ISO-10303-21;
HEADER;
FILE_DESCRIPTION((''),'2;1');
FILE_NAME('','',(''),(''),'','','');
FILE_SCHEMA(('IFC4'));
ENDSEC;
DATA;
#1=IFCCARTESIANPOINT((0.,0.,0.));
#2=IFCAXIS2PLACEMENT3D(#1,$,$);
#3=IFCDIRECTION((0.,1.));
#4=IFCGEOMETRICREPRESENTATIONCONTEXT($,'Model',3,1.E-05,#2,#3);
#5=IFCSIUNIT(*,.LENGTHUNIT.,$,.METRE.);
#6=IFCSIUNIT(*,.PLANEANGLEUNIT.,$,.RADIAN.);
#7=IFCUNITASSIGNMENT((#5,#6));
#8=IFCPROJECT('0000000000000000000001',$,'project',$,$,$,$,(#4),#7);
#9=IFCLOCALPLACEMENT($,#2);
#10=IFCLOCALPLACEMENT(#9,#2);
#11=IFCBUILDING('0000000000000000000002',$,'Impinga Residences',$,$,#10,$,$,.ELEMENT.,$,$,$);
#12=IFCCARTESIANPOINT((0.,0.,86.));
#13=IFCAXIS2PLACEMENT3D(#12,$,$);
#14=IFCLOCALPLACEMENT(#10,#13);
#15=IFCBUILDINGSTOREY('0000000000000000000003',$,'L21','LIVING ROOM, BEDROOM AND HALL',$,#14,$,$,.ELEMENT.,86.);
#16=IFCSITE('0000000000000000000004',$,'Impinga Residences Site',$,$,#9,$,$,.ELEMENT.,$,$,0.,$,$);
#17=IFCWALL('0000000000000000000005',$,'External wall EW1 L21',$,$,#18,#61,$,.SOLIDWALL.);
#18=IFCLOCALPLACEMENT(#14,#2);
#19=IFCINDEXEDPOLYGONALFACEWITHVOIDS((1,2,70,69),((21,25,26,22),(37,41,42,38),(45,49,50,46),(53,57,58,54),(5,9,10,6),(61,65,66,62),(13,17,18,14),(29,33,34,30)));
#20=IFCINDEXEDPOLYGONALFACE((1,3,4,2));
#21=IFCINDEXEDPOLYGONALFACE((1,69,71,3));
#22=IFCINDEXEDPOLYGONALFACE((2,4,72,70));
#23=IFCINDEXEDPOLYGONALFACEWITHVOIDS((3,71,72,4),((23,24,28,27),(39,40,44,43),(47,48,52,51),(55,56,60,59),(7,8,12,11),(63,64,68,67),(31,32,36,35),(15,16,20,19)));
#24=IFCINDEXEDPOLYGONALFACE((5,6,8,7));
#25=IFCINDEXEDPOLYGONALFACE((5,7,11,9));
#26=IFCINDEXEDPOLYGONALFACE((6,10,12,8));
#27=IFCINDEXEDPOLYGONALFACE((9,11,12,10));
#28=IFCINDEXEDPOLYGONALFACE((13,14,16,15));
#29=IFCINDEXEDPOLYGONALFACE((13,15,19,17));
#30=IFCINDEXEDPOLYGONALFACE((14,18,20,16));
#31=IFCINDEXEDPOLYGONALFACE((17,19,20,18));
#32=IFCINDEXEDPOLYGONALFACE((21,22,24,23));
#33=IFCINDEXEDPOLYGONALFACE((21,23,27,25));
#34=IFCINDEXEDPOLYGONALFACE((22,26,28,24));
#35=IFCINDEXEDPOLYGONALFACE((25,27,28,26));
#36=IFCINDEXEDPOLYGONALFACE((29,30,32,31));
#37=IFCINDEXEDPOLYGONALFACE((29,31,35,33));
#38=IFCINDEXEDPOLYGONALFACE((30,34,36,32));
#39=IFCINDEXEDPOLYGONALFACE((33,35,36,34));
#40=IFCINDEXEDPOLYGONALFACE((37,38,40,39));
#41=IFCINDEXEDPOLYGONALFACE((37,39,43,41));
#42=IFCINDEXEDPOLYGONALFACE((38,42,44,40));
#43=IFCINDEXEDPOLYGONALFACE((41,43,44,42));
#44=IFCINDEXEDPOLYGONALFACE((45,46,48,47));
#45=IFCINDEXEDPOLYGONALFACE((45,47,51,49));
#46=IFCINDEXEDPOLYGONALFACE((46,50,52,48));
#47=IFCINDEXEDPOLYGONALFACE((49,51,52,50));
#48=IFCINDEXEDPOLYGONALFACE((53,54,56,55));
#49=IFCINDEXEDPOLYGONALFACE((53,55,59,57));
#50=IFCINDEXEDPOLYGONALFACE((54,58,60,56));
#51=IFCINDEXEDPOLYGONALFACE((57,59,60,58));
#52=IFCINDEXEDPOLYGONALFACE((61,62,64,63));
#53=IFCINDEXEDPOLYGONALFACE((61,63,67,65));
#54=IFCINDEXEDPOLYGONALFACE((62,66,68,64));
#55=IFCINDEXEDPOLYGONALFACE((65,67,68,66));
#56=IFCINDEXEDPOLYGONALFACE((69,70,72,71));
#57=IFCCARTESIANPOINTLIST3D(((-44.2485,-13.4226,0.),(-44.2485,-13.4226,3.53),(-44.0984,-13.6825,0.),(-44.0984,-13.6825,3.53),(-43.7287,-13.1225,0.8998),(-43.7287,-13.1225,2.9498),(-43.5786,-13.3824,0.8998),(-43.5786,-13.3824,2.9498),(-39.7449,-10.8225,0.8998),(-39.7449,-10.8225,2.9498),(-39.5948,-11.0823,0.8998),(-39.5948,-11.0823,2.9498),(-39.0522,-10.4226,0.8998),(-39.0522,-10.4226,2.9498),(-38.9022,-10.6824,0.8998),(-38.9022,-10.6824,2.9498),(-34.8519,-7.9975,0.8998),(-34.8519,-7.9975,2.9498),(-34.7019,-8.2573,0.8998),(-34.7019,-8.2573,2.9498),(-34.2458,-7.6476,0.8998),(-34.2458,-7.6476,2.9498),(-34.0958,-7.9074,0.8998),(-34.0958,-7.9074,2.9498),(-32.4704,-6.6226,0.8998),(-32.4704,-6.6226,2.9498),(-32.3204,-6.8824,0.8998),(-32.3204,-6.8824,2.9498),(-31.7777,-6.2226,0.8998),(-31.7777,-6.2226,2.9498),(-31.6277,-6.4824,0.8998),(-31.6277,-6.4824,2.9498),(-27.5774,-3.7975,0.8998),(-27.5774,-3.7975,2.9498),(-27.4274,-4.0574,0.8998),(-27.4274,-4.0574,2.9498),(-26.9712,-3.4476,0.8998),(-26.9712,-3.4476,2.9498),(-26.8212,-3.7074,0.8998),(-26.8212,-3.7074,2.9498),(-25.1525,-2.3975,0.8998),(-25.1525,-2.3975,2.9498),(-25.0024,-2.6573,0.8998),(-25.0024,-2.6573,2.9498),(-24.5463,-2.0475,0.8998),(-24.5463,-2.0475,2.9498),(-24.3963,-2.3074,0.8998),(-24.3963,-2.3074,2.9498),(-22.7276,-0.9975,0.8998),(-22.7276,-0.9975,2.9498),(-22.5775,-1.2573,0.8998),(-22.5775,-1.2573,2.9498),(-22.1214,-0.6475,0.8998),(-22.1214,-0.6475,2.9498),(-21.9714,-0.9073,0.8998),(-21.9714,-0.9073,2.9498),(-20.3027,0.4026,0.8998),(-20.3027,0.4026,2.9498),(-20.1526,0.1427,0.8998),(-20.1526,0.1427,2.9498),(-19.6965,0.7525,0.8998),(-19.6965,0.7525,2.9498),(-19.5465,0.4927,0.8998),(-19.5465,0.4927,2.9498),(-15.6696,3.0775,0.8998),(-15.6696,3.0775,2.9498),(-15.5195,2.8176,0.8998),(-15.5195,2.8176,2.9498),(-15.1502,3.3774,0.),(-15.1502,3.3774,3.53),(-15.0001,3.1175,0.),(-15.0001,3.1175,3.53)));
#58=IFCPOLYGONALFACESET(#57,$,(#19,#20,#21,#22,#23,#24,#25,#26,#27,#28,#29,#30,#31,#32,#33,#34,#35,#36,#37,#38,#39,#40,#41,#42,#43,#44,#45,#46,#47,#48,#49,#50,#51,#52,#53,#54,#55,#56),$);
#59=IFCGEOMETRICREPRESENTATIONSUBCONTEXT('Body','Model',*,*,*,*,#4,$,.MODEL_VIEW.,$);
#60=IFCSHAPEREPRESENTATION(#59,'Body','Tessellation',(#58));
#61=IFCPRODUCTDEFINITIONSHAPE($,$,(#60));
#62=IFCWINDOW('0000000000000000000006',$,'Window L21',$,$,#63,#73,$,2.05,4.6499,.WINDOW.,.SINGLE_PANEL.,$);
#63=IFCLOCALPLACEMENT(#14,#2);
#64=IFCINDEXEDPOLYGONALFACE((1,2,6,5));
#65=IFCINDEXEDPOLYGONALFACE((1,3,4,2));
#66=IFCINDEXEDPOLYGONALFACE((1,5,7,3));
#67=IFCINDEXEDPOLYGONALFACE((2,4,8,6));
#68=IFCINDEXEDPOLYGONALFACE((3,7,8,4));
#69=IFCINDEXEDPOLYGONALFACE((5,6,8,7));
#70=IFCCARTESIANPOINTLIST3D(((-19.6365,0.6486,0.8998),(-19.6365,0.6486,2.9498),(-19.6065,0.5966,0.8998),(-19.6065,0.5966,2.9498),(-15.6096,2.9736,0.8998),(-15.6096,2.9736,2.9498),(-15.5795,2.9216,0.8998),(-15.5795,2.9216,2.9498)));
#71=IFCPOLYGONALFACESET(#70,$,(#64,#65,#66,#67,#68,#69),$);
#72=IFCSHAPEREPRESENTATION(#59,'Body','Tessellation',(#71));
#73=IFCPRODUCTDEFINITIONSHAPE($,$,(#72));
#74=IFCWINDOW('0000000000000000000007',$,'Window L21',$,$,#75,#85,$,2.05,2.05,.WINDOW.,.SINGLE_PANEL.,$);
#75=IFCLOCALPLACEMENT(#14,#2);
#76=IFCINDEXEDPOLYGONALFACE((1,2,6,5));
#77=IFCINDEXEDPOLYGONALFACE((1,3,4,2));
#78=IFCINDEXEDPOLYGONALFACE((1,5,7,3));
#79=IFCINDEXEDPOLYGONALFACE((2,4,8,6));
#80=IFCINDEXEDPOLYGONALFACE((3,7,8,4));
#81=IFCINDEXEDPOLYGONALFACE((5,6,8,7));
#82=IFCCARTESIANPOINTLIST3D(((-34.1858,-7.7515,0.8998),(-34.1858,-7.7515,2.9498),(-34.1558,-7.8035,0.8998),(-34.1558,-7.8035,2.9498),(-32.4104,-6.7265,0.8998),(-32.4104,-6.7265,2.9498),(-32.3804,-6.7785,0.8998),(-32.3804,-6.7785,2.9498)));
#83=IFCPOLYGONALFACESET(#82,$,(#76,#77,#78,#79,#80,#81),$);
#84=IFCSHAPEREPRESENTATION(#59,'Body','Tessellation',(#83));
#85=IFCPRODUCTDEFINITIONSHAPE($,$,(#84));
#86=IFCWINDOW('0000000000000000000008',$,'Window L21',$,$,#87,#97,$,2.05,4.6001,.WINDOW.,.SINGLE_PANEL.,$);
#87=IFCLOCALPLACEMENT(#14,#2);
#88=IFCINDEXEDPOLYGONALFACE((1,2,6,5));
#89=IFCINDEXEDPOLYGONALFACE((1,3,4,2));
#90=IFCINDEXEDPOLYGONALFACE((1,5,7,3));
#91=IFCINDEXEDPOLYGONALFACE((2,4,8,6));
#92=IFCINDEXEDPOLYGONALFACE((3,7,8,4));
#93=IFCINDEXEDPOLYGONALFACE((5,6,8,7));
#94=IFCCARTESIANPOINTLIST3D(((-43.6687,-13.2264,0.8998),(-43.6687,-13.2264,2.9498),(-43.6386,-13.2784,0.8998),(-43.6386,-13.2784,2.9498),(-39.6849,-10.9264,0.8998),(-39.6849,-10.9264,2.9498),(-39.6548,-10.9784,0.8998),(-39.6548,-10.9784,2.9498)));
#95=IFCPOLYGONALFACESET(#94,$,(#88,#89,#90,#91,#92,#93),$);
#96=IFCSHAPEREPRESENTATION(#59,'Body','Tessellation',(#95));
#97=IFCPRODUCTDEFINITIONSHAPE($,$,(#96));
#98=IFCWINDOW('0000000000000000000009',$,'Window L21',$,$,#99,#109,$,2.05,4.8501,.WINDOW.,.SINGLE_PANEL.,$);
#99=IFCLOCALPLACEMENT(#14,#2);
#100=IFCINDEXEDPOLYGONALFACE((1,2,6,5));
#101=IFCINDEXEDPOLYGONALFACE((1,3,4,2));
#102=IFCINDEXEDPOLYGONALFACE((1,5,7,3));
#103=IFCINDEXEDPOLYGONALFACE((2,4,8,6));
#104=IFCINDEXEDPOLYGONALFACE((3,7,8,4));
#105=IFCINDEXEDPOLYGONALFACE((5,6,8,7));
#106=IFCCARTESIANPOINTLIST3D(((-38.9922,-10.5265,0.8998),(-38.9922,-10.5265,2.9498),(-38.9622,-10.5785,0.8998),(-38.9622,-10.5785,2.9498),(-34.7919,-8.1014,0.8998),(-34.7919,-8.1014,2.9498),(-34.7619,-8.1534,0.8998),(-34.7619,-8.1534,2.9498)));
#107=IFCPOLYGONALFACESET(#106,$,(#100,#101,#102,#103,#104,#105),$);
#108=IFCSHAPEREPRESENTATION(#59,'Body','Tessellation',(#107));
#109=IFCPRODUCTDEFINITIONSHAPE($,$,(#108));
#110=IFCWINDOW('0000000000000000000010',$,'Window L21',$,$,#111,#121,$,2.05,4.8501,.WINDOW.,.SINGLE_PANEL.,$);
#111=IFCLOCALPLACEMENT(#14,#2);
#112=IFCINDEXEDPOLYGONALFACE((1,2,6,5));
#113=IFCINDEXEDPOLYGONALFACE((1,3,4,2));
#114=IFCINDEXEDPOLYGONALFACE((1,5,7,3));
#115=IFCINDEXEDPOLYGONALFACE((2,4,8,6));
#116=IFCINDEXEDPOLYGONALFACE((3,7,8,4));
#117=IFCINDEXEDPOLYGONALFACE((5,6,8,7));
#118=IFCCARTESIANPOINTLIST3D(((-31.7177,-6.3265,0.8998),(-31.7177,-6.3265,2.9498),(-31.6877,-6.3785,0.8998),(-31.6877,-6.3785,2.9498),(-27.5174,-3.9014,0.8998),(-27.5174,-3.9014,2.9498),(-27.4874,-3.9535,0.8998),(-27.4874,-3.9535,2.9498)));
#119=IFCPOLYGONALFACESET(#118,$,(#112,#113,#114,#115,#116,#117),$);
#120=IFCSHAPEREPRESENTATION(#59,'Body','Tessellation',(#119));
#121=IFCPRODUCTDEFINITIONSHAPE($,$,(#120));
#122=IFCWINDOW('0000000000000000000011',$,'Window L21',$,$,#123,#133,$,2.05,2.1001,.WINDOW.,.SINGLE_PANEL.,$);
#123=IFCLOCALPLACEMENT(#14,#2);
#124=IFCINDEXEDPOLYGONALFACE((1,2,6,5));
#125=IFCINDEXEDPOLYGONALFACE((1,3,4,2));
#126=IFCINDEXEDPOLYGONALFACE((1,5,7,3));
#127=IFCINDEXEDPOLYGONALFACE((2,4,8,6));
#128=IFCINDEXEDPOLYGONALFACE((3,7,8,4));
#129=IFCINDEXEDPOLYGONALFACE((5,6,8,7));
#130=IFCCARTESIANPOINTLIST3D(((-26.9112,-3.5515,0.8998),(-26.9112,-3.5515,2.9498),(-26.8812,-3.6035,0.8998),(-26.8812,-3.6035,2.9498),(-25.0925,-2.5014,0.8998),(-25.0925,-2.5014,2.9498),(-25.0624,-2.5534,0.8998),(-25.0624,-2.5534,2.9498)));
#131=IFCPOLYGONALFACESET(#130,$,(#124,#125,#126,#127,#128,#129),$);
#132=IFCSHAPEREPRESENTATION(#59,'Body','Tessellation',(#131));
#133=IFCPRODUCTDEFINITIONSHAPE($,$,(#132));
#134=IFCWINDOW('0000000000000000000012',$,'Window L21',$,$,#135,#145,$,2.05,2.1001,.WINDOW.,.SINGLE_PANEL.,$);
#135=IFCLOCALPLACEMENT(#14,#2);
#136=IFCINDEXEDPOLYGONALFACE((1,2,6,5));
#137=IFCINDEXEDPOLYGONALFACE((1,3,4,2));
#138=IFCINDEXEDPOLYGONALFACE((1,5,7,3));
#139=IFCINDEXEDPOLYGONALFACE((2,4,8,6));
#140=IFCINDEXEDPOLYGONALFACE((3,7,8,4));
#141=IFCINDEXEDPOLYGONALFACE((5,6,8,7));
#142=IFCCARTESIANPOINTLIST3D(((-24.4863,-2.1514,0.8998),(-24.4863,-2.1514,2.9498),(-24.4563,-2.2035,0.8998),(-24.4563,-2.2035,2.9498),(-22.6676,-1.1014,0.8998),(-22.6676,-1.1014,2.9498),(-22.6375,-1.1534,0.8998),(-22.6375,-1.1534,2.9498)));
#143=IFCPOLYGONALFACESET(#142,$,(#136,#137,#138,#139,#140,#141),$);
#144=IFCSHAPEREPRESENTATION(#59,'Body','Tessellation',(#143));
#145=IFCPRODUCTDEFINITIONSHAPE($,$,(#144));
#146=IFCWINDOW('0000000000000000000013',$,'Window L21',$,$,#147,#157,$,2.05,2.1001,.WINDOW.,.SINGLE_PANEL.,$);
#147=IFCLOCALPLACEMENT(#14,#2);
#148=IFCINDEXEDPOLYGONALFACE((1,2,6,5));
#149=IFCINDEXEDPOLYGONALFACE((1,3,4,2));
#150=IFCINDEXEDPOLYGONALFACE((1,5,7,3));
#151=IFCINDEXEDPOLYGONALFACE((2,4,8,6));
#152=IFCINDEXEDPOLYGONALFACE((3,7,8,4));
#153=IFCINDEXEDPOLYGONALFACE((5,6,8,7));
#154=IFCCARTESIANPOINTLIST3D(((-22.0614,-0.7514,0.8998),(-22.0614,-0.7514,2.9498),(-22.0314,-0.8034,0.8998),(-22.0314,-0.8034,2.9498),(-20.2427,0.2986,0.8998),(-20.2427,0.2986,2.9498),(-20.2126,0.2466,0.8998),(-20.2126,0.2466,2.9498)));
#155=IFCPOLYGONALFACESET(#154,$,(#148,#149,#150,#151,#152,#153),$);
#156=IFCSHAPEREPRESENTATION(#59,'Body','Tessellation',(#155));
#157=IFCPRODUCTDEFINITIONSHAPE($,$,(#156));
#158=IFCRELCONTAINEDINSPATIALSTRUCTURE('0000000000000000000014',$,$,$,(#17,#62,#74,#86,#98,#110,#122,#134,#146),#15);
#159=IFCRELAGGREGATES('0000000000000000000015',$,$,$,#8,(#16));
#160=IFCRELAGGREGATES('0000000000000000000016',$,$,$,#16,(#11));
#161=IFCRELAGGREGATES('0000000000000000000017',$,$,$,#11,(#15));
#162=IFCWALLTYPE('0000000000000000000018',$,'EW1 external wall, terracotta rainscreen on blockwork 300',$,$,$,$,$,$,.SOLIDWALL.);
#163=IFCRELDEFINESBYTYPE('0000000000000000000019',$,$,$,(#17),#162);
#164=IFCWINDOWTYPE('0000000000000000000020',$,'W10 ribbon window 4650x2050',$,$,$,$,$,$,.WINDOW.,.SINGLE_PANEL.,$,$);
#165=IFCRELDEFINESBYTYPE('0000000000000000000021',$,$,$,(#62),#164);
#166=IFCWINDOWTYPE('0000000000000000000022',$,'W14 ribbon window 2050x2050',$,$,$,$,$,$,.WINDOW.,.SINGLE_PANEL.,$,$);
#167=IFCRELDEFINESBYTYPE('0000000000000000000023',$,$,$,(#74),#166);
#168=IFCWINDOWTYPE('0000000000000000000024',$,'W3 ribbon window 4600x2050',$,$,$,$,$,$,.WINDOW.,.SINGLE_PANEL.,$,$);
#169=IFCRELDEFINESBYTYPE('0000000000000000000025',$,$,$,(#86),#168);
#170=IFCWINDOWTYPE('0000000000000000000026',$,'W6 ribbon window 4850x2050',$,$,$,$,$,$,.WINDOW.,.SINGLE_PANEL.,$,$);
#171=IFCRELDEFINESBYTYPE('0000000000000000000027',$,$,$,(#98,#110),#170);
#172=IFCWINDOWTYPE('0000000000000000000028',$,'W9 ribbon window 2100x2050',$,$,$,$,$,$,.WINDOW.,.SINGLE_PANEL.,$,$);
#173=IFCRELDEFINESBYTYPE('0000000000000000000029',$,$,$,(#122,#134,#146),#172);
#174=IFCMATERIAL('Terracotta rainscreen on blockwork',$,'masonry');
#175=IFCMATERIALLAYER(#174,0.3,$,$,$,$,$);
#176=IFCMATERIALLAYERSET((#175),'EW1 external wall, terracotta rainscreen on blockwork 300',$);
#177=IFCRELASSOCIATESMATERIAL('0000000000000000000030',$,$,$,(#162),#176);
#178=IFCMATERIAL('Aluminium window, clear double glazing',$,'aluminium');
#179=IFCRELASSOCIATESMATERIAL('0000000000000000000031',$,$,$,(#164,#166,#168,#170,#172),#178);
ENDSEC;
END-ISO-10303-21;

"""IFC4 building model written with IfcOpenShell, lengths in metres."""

from ifc_helpers import new_model, si_unit, direction, frame, frame_2d, origin, place, context, subcontext, project, spatial, rectangle, extrude, material, layer, layer_set, type_object, element, fill, save


model = new_model("IFC4")

# Units and contexts
model_context = context("Model", 3, precision=1e-05, world=origin(), true_north=direction((0.0, 1.0)))
body_context = subcontext(model_context, "Body", "Model", "MODEL_VIEW")
ifc_project = project(units=[si_unit("LENGTHUNIT", "METRE"), si_unit("PLANEANGLEUNIT", "RADIAN")], contexts=[model_context])

# Site, building, storey
site_placement = place(None, origin())
site = spatial("IfcSite", under=ifc_project, at=site_placement, Name="Impinga Residences Site", CompositionType="ELEMENT", RefElevation=0.0)
building_placement = place(site_placement, origin())
building = spatial("IfcBuilding", under=site, at=building_placement, Name="Impinga Residences", CompositionType="ELEMENT")
storey_placement = place(building_placement, frame((0.0, 0.0, 86.0)))
storey = spatial("IfcBuildingStorey", under=building, at=storey_placement, Name="L21", Description="LIVING ROOM, BEDROOM AND HALL", CompositionType="ELEMENT", Elevation=86.0)

# Shared definitions
ifc_material_1 = material(Name="Terracotta rainscreen on blockwork", Category="masonry")
ifc_layer_1 = layer(ifc_material_1, 0.3)
ifc_layer_set_1 = layer_set([ifc_layer_1], Name="EW1 external wall, terracotta rainscreen on blockwork 300")
wall_type_1 = type_object("IfcWallType", Name="EW1 external wall, terracotta rainscreen on blockwork 300", PredefinedType="SOLIDWALL", material=ifc_layer_set_1)

# Wall, openings, windows
wall_1_placement = place(storey_placement, frame((-44.1733, -13.5525, 0.0), z_axis=(0.0, 0.0, 1.0), x_axis=(0.866024, 0.500002, 0.0)))
wall_1 = element("IfcWall", 1, at=wall_1_placement, inside=storey, type_object=wall_type_1, Name="External wall EW1 L21", PredefinedType="SOLIDWALL", context=body_context, shape_type="SweptSolid", body=[
    extrude(rectangle(XDim=33.5999, YDim=0.3, at=frame_2d((16.7998, 0.0))), origin(), (0.0, 0.0, 1.0), 3.53),
])
opening_1_placement = place(wall_1_placement, frame((0.6001, 0.0, 0.8999)))
opening_1 = element("IfcOpeningElement", 2, at=opening_1_placement, cuts=wall_1, PredefinedType="OPENING", context=body_context, shape_type="SweptSolid", body=[
    extrude(rectangle(XDim=4.6001, YDim=2.05, at=frame_2d((2.3, 1.0249))), frame((0.0, 0.1599, 0.0), z_axis=(0.0, -1.0, 0.0), x_axis=(1.0, 0.0, 0.0)), (0.0, 0.0, 1.0), 0.3201),
])
opening_2_placement = place(wall_1_placement, frame((6.0, 0.0, 0.8999)))
opening_2 = element("IfcOpeningElement", 3, at=opening_2_placement, cuts=wall_1, PredefinedType="OPENING", context=body_context, shape_type="SweptSolid", body=[
    extrude(rectangle(XDim=4.8501, YDim=2.05, at=frame_2d((2.425, 1.0249))), frame((0.0, 0.1599, 0.0), z_axis=(0.0, -1.0, 0.0), x_axis=(1.0, 0.0, 0.0)), (0.0, 0.0, 1.0), 0.3201),
])
opening_3_placement = place(wall_1_placement, frame((11.55, 0.0, 0.8999)))
opening_3 = element("IfcOpeningElement", 4, at=opening_3_placement, cuts=wall_1, PredefinedType="OPENING", context=body_context, shape_type="SweptSolid", body=[
    extrude(rectangle(XDim=2.05, YDim=2.05, at=frame_2d((1.0249, 1.0249))), frame((0.0, 0.1599, 0.0), z_axis=(0.0, -1.0, 0.0), x_axis=(1.0, 0.0, 0.0)), (0.0, 0.0, 1.0), 0.3201),
])
opening_4_placement = place(wall_1_placement, frame((14.3999, 0.0, 0.8999)))
opening_4 = element("IfcOpeningElement", 5, at=opening_4_placement, cuts=wall_1, PredefinedType="OPENING", context=body_context, shape_type="SweptSolid", body=[
    extrude(rectangle(XDim=4.8501, YDim=2.05, at=frame_2d((2.425, 1.0249))), frame((0.0, 0.1599, 0.0), z_axis=(0.0, -1.0, 0.0), x_axis=(1.0, 0.0, 0.0)), (0.0, 0.0, 1.0), 0.3201),
])
opening_5_placement = place(wall_1_placement, frame((19.95, 0.0, 0.8999)))
opening_5 = element("IfcOpeningElement", 6, at=opening_5_placement, cuts=wall_1, PredefinedType="OPENING", context=body_context, shape_type="SweptSolid", body=[
    extrude(rectangle(XDim=2.1001, YDim=2.05, at=frame_2d((1.05, 1.0249))), frame((0.0, 0.1599, 0.0), z_axis=(0.0, -1.0, 0.0), x_axis=(1.0, 0.0, 0.0)), (0.0, 0.0, 1.0), 0.3201),
])
opening_6_placement = place(wall_1_placement, frame((22.75, 0.0, 0.8999)))
opening_6 = element("IfcOpeningElement", 7, at=opening_6_placement, cuts=wall_1, PredefinedType="OPENING", context=body_context, shape_type="SweptSolid", body=[
    extrude(rectangle(XDim=2.1001, YDim=2.05, at=frame_2d((1.05, 1.0249))), frame((0.0, 0.1599, 0.0), z_axis=(0.0, -1.0, 0.0), x_axis=(1.0, 0.0, 0.0)), (0.0, 0.0, 1.0), 0.3201),
])
opening_7_placement = place(wall_1_placement, frame((25.55, 0.0, 0.8999)))
opening_7 = element("IfcOpeningElement", 8, at=opening_7_placement, cuts=wall_1, PredefinedType="OPENING", context=body_context, shape_type="SweptSolid", body=[
    extrude(rectangle(XDim=2.1001, YDim=2.05, at=frame_2d((1.05, 1.0249))), frame((0.0, 0.1599, 0.0), z_axis=(0.0, -1.0, 0.0), x_axis=(1.0, 0.0, 0.0)), (0.0, 0.0, 1.0), 0.3201),
])
opening_8_placement = place(wall_1_placement, frame((28.3501, 0.0, 0.8999)))
opening_8 = element("IfcOpeningElement", 9, at=opening_8_placement, cuts=wall_1, PredefinedType="OPENING", context=body_context, shape_type="SweptSolid", body=[
    extrude(rectangle(XDim=4.6499, YDim=2.05, at=frame_2d((2.325, 1.0249))), frame((0.0, 0.1599, 0.0), z_axis=(0.0, -1.0, 0.0), x_axis=(1.0, 0.0, 0.0)), (0.0, 0.0, 1.0), 0.3201),
])
ifc_material_2 = material(Name="Aluminium window, clear double glazing", Category="aluminium")
window_type_1 = type_object("IfcWindowType", Name="W10 ribbon window 4650x2050", PartitioningType="SINGLE_PANEL", PredefinedType="WINDOW", material=ifc_material_2)
window_1_placement = place(opening_8_placement, origin())
window_1 = element("IfcWindow", 10, at=window_1_placement, inside=storey, type_object=window_type_1, Name="Window L21", OverallHeight=2.05, OverallWidth=4.6499, PartitioningType="SINGLE_PANEL", PredefinedType="WINDOW", context=body_context, shape_type="SweptSolid", body=[
    extrude(rectangle(XDim=4.6499, YDim=2.05, at=frame_2d((2.325, 1.0249))), frame((0.0, 0.03, 0.0), z_axis=(0.0, -1.0, 0.0), x_axis=(1.0, 0.0, 0.0)), (0.0, 0.0, 1.0), 0.0601),
])
fill(opening_8, window_1)
window_type_2 = type_object("IfcWindowType", Name="W14 ribbon window 2050x2050", PartitioningType="SINGLE_PANEL", PredefinedType="WINDOW", material=ifc_material_2)
window_2_placement = place(opening_3_placement, origin())
window_2 = element("IfcWindow", 11, at=window_2_placement, inside=storey, type_object=window_type_2, Name="Window L21", OverallHeight=2.05, OverallWidth=2.05, PartitioningType="SINGLE_PANEL", PredefinedType="WINDOW", context=body_context, shape_type="SweptSolid", body=[
    extrude(rectangle(XDim=2.05, YDim=2.05, at=frame_2d((1.0249, 1.0249))), frame((0.0, 0.03, 0.0), z_axis=(0.0, -1.0, 0.0), x_axis=(1.0, 0.0, 0.0)), (0.0, 0.0, 1.0), 0.0601),
])
fill(opening_3, window_2)
window_type_3 = type_object("IfcWindowType", Name="W3 ribbon window 4600x2050", PartitioningType="SINGLE_PANEL", PredefinedType="WINDOW", material=ifc_material_2)
window_3_placement = place(opening_1_placement, origin())
window_3 = element("IfcWindow", 12, at=window_3_placement, inside=storey, type_object=window_type_3, Name="Window L21", OverallHeight=2.05, OverallWidth=4.6001, PartitioningType="SINGLE_PANEL", PredefinedType="WINDOW", context=body_context, shape_type="SweptSolid", body=[
    extrude(rectangle(XDim=4.6001, YDim=2.05, at=frame_2d((2.3, 1.0249))), frame((0.0, 0.03, 0.0), z_axis=(0.0, -1.0, 0.0), x_axis=(1.0, 0.0, 0.0)), (0.0, 0.0, 1.0), 0.0601),
])
fill(opening_1, window_3)
window_type_4 = type_object("IfcWindowType", Name="W6 ribbon window 4850x2050", PartitioningType="SINGLE_PANEL", PredefinedType="WINDOW", material=ifc_material_2)
window_4_placement = place(opening_2_placement, origin())
window_4 = element("IfcWindow", 13, at=window_4_placement, inside=storey, type_object=window_type_4, Name="Window L21", OverallHeight=2.05, OverallWidth=4.8501, PartitioningType="SINGLE_PANEL", PredefinedType="WINDOW", context=body_context, shape_type="SweptSolid", body=[
    extrude(rectangle(XDim=4.8501, YDim=2.05, at=frame_2d((2.425, 1.0249))), frame((0.0, 0.03, 0.0), z_axis=(0.0, -1.0, 0.0), x_axis=(1.0, 0.0, 0.0)), (0.0, 0.0, 1.0), 0.0601),
])
fill(opening_2, window_4)
window_5_placement = place(opening_4_placement, origin())
window_5 = element("IfcWindow", 14, at=window_5_placement, inside=storey, type_object=window_type_4, Name="Window L21", OverallHeight=2.05, OverallWidth=4.8501, PartitioningType="SINGLE_PANEL", PredefinedType="WINDOW", context=body_context, shape_type="SweptSolid", body=[
    extrude(rectangle(XDim=4.8501, YDim=2.05, at=frame_2d((2.425, 1.0249))), frame((0.0, 0.03, 0.0), z_axis=(0.0, -1.0, 0.0), x_axis=(1.0, 0.0, 0.0)), (0.0, 0.0, 1.0), 0.0601),
])
fill(opening_4, window_5)
window_type_5 = type_object("IfcWindowType", Name="W9 ribbon window 2100x2050", PartitioningType="SINGLE_PANEL", PredefinedType="WINDOW", material=ifc_material_2)
window_6_placement = place(opening_5_placement, origin())
window_6 = element("IfcWindow", 15, at=window_6_placement, inside=storey, type_object=window_type_5, Name="Window L21", OverallHeight=2.05, OverallWidth=2.1001, PartitioningType="SINGLE_PANEL", PredefinedType="WINDOW", context=body_context, shape_type="SweptSolid", body=[
    extrude(rectangle(XDim=2.1001, YDim=2.05, at=frame_2d((1.05, 1.0249))), frame((0.0, 0.03, 0.0), z_axis=(0.0, -1.0, 0.0), x_axis=(1.0, 0.0, 0.0)), (0.0, 0.0, 1.0), 0.0601),
])
fill(opening_5, window_6)
window_7_placement = place(opening_6_placement, origin())
window_7 = element("IfcWindow", 16, at=window_7_placement, inside=storey, type_object=window_type_5, Name="Window L21", OverallHeight=2.05, OverallWidth=2.1001, PartitioningType="SINGLE_PANEL", PredefinedType="WINDOW", context=body_context, shape_type="SweptSolid", body=[
    extrude(rectangle(XDim=2.1001, YDim=2.05, at=frame_2d((1.05, 1.0249))), frame((0.0, 0.03, 0.0), z_axis=(0.0, -1.0, 0.0), x_axis=(1.0, 0.0, 0.0)), (0.0, 0.0, 1.0), 0.0601),
])
fill(opening_6, window_7)
window_8_placement = place(opening_7_placement, origin())
window_8 = element("IfcWindow", 17, at=window_8_placement, inside=storey, type_object=window_type_5, Name="Window L21", OverallHeight=2.05, OverallWidth=2.1001, PartitioningType="SINGLE_PANEL", PredefinedType="WINDOW", context=body_context, shape_type="SweptSolid", body=[
    extrude(rectangle(XDim=2.1001, YDim=2.05, at=frame_2d((1.05, 1.0249))), frame((0.0, 0.03, 0.0), z_axis=(0.0, -1.0, 0.0), x_axis=(1.0, 0.0, 0.0)), (0.0, 0.0, 1.0), 0.0601),
])
fill(opening_7, window_8)

save(model, "model.ifc")
